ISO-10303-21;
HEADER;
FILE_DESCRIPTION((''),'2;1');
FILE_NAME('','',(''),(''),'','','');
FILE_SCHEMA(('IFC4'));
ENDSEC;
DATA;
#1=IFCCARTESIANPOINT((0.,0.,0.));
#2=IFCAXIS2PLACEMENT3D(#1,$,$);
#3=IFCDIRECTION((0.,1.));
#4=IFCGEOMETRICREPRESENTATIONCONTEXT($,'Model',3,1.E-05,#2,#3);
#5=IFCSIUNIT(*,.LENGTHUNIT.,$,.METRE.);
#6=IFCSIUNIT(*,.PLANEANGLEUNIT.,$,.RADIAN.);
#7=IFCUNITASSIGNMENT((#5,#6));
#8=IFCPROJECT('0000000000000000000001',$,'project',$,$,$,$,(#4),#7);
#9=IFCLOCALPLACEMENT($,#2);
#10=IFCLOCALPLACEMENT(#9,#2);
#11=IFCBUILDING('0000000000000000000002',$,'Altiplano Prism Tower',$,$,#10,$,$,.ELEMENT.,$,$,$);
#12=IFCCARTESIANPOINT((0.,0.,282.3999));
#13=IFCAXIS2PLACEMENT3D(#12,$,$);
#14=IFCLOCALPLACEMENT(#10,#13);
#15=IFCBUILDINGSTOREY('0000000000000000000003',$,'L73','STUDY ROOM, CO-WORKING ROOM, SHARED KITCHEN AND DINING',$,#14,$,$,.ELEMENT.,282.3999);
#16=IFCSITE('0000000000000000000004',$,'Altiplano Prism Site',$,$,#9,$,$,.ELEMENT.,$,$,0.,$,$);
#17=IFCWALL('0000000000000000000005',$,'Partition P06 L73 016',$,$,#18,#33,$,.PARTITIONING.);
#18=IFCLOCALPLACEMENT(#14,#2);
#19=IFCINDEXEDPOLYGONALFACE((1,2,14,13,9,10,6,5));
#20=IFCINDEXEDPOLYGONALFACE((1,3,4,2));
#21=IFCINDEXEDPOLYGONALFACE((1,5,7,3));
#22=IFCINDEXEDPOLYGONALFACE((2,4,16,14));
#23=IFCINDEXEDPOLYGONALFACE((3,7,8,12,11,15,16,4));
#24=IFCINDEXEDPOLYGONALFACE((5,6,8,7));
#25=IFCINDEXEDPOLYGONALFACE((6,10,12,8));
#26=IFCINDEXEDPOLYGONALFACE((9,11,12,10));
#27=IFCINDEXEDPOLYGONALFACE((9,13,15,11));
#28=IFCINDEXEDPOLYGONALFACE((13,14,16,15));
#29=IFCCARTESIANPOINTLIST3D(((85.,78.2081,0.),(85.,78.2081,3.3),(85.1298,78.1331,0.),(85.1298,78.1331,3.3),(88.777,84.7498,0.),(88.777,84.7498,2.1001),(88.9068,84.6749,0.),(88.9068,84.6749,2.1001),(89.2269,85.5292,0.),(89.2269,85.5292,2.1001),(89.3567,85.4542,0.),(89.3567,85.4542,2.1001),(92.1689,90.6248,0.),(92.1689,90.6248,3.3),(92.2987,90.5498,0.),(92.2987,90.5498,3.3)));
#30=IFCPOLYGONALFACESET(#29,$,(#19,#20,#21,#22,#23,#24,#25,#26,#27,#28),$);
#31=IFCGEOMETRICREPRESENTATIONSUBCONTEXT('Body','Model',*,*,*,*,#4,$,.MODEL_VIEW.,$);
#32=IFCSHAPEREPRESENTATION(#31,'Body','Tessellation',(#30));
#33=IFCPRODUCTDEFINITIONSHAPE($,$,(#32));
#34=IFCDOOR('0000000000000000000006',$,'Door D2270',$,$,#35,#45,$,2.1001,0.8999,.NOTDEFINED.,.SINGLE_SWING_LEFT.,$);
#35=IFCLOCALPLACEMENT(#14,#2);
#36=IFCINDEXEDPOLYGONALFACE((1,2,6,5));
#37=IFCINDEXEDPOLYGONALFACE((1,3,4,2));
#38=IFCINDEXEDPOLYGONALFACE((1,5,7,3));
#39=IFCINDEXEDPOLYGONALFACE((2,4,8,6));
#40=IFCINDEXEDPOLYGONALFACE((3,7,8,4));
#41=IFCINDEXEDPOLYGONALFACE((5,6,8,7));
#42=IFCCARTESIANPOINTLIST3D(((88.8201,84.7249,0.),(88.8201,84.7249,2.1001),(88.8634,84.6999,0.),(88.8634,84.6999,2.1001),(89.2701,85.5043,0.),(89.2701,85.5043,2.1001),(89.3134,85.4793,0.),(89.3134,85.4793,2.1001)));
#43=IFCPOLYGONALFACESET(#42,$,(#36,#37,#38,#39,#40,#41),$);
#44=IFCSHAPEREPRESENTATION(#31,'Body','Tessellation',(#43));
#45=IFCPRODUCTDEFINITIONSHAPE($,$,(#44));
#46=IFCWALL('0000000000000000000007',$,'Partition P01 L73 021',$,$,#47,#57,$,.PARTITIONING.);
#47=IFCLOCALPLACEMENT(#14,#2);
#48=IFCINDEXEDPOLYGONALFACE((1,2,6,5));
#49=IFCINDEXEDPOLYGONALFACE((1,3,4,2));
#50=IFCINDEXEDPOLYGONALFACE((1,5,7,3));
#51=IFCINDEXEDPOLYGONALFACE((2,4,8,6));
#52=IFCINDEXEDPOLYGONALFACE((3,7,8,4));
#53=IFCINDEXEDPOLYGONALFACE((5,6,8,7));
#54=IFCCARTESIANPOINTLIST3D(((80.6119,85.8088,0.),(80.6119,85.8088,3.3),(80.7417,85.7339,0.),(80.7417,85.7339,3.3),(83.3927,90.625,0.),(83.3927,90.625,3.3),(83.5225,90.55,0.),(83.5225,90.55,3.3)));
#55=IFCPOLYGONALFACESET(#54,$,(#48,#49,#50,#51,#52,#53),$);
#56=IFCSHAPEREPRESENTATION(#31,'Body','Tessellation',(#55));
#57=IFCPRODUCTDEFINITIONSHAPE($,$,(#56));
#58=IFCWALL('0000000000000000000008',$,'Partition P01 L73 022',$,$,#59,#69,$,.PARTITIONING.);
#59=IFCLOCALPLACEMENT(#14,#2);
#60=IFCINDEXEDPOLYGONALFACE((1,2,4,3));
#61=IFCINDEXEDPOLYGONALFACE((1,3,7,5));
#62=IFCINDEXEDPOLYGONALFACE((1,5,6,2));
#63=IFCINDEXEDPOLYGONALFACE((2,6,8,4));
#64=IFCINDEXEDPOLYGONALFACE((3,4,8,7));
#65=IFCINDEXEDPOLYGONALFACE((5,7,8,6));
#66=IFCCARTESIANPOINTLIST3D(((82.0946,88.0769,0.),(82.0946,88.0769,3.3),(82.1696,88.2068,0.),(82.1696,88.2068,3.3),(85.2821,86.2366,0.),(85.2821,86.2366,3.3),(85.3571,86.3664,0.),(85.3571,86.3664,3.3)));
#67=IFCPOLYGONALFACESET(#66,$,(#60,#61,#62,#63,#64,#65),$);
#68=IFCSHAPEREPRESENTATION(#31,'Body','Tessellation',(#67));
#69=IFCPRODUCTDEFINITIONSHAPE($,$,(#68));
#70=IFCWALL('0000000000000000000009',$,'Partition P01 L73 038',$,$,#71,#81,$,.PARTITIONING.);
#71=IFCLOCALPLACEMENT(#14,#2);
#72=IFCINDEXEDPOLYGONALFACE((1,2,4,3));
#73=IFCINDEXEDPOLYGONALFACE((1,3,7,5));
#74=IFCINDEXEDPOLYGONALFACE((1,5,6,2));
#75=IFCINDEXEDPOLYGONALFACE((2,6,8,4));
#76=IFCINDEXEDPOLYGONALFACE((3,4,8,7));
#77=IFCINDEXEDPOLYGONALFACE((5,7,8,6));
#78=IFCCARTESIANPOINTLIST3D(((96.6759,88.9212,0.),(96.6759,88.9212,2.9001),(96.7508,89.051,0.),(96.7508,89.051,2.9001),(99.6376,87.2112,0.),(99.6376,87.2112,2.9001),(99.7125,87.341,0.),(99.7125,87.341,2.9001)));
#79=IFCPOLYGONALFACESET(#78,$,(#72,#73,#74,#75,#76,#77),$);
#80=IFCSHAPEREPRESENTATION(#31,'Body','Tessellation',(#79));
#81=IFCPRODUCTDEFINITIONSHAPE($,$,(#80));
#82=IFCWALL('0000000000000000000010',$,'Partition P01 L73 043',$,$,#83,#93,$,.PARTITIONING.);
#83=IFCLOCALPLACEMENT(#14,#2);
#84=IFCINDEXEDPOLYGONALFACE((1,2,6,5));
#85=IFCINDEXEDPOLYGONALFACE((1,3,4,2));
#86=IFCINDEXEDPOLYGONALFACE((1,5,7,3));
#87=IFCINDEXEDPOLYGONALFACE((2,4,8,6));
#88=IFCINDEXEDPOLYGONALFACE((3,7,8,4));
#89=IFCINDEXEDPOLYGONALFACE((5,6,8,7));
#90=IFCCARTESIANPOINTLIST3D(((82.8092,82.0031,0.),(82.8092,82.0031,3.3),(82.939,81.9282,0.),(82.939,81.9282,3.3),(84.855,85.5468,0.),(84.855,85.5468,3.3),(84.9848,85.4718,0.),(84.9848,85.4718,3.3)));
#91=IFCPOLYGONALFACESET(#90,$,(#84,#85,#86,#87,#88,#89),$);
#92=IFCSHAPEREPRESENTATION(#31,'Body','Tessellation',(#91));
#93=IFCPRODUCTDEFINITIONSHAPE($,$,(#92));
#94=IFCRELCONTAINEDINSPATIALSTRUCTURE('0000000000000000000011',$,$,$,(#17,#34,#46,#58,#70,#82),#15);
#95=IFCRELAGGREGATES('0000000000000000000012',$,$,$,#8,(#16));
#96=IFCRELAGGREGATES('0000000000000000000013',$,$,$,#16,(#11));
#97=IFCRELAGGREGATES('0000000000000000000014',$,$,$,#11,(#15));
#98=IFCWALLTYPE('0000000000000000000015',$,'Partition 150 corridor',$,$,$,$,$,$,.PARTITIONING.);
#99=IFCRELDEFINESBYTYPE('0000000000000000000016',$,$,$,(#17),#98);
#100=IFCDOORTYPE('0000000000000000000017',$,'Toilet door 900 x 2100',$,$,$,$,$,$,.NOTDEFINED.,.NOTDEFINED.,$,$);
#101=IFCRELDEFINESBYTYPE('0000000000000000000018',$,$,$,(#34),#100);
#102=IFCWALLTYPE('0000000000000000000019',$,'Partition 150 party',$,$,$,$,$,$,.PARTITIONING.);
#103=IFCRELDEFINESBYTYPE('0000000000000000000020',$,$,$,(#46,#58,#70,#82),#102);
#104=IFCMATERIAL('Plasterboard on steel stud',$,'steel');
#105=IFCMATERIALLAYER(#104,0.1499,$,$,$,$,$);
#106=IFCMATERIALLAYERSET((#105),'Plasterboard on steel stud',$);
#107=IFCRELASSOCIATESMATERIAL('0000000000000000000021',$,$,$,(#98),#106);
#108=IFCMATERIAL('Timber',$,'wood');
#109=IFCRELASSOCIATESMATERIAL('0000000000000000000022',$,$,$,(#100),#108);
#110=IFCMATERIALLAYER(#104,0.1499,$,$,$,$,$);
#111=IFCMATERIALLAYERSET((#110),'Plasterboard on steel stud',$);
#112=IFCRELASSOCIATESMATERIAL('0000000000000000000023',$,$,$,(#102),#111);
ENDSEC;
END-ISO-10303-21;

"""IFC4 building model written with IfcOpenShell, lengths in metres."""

from ifc_helpers import new_model, si_unit, direction, frame, frame_2d, origin, place, context, subcontext, project, spatial, rectangle, extrude, material, layer, layer_set, type_object, element, fill, save


model = new_model("IFC4")

# Units and contexts
model_context = context("Model", 3, precision=1e-05, world=origin(), true_north=direction((0.0, 1.0)))
body_context = subcontext(model_context, "Body", "Model", "MODEL_VIEW")
ifc_project = project(units=[si_unit("LENGTHUNIT", "METRE"), si_unit("PLANEANGLEUNIT", "RADIAN")], contexts=[model_context])

# Site, building, storey
site_placement = place(None, origin())
site = spatial("IfcSite", under=ifc_project, at=site_placement, Name="Altiplano Prism Site", CompositionType="ELEMENT", RefElevation=0.0)
building_placement = place(site_placement, origin())
building = spatial("IfcBuilding", under=site, at=building_placement, Name="Altiplano Prism Tower", CompositionType="ELEMENT")
storey_placement = place(building_placement, frame((0.0, 0.0, 282.3999)))
storey = spatial("IfcBuildingStorey", under=building, at=storey_placement, Name="L73", Description="STUDY ROOM, CO-WORKING ROOM, SHARED KITCHEN AND DINING", CompositionType="ELEMENT", Elevation=282.3999)

# Shared definitions
ifc_material_1 = material(Name="Plasterboard on steel stud", Category="steel")

# Shared definitions
ifc_material_2 = material(Name="Timber", Category="wood")

# Wall, opening, door
ifc_layer_1 = layer(ifc_material_1, 0.1499)
ifc_layer_set_1 = layer_set([ifc_layer_1], Name="Plasterboard on steel stud")
wall_type_1 = type_object("IfcWallType", Name="Partition 150 corridor", PredefinedType="PARTITIONING", material=ifc_layer_set_1)
wall_1_placement = place(storey_placement, frame((92.2339, 90.5874, 0.0), z_axis=(0.0, 0.0, 1.0), x_axis=(-0.500007, -0.866021, 0.0)))
wall_1 = element("IfcWall", 1, at=wall_1_placement, inside=storey, type_object=wall_type_1, Name="Partition P06 L73 016", PredefinedType="PARTITIONING", context=body_context, shape_type="SweptSolid", body=[
    extrude(rectangle(XDim=14.3376, YDim=0.1499, at=frame_2d((7.1689, 0.0))), origin(), (0.0, 0.0, 1.0), 3.3),
])
opening_1_placement = place(wall_1_placement, frame((5.884, 0.0, 0.0)))
opening_1 = element("IfcOpeningElement", 2, at=opening_1_placement, cuts=wall_1, PredefinedType="OPENING", context=body_context, shape_type="SweptSolid", body=[
    extrude(rectangle(XDim=0.8999, YDim=2.1001, at=frame_2d((0.45, 1.05))), frame((0.0, 0.0854, 0.0), z_axis=(0.0, -1.0, 0.0), x_axis=(1.0, 0.0, 0.0)), (0.0, 0.0, 1.0), 0.1709),
])
door_type_1 = type_object("IfcDoorType", Name="Toilet door 900 x 2100", OperationType="NOTDEFINED", PredefinedType="NOTDEFINED", material=ifc_material_2)
door_1_placement = place(opening_1_placement, origin())
door_1 = element("IfcDoor", 3, at=door_1_placement, inside=storey, type_object=door_type_1, Name="Door D2270", OperationType="SINGLE_SWING_LEFT", OverallHeight=2.1001, OverallWidth=0.8999, PredefinedType="NOTDEFINED", context=body_context, shape_type="SweptSolid", body=[
    extrude(rectangle(XDim=0.8999, YDim=2.1001, at=frame_2d((0.45, 1.05))), frame((0.0, 0.0249, 0.0), z_axis=(0.0, -1.0, 0.0), x_axis=(1.0, 0.0, 0.0)), (0.0, 0.0, 1.0), 0.05),
])
fill(opening_1, door_1)

# Walls
ifc_layer_2 = layer(ifc_material_1, 0.1499)
ifc_layer_set_2 = layer_set([ifc_layer_2], Name="Plasterboard on steel stud")
wall_type_2 = type_object("IfcWallType", Name="Partition 150 party", PredefinedType="PARTITIONING", material=ifc_layer_set_2)
wall_2_placement = place(storey_placement, frame((80.6768, 85.7712, 0.0), z_axis=(0.0, 0.0, 1.0), x_axis=(0.50002, 0.866014, 0.0)))
element("IfcWall", 4, at=wall_2_placement, inside=storey, type_object=wall_type_2, Name="Partition P01 L73 021", PredefinedType="PARTITIONING", context=body_context, shape_type="SweptSolid", body=[
    extrude(rectangle(XDim=5.5613, YDim=0.1499, at=frame_2d((2.7808, 0.0))), origin(), (0.0, 0.0, 1.0), 3.3),
])
wall_3_placement = place(storey_placement, frame((82.1321, 88.1418, 0.0), z_axis=(0.0, 0.0, 1.0), x_axis=(0.866022, -0.500006, 0.0)))
element("IfcWall", 5, at=wall_3_placement, inside=storey, type_object=wall_type_2, Name="Partition P01 L73 022", PredefinedType="PARTITIONING", context=body_context, shape_type="SweptSolid", body=[
    extrude(rectangle(XDim=3.6807, YDim=0.1499, at=frame_2d((1.8403, 0.0))), origin(), (0.0, 0.0, 1.0), 3.3),
])
wall_4_placement = place(storey_placement, frame((99.675, 87.2761, 0.0), z_axis=(0.0, 0.0, 1.0), x_axis=(-0.86602, 0.500009, 0.0)))
element("IfcWall", 6, at=wall_4_placement, inside=storey, type_object=wall_type_2, Name="Partition P01 L73 038", PredefinedType="PARTITIONING", context=body_context, shape_type="SweptSolid", body=[
    extrude(rectangle(XDim=3.4199, YDim=0.1499, at=frame_2d((1.71, 0.0))), origin(), (0.0, 0.0, 1.0), 2.9001),
])
wall_5_placement = place(storey_placement, frame((84.9199, 85.5093, 0.0), z_axis=(0.0, 0.0, 1.0), x_axis=(-0.499989, -0.866032, 0.0)))
element("IfcWall", 7, at=wall_5_placement, inside=storey, type_object=wall_type_2, Name="Partition P01 L73 043", PredefinedType="PARTITIONING", context=body_context, shape_type="SweptSolid", body=[
    extrude(rectangle(XDim=4.0918, YDim=0.1499, at=frame_2d((2.0459, 0.0))), origin(), (0.0, 0.0, 1.0), 3.3),
])

save(model, "model.ifc")
